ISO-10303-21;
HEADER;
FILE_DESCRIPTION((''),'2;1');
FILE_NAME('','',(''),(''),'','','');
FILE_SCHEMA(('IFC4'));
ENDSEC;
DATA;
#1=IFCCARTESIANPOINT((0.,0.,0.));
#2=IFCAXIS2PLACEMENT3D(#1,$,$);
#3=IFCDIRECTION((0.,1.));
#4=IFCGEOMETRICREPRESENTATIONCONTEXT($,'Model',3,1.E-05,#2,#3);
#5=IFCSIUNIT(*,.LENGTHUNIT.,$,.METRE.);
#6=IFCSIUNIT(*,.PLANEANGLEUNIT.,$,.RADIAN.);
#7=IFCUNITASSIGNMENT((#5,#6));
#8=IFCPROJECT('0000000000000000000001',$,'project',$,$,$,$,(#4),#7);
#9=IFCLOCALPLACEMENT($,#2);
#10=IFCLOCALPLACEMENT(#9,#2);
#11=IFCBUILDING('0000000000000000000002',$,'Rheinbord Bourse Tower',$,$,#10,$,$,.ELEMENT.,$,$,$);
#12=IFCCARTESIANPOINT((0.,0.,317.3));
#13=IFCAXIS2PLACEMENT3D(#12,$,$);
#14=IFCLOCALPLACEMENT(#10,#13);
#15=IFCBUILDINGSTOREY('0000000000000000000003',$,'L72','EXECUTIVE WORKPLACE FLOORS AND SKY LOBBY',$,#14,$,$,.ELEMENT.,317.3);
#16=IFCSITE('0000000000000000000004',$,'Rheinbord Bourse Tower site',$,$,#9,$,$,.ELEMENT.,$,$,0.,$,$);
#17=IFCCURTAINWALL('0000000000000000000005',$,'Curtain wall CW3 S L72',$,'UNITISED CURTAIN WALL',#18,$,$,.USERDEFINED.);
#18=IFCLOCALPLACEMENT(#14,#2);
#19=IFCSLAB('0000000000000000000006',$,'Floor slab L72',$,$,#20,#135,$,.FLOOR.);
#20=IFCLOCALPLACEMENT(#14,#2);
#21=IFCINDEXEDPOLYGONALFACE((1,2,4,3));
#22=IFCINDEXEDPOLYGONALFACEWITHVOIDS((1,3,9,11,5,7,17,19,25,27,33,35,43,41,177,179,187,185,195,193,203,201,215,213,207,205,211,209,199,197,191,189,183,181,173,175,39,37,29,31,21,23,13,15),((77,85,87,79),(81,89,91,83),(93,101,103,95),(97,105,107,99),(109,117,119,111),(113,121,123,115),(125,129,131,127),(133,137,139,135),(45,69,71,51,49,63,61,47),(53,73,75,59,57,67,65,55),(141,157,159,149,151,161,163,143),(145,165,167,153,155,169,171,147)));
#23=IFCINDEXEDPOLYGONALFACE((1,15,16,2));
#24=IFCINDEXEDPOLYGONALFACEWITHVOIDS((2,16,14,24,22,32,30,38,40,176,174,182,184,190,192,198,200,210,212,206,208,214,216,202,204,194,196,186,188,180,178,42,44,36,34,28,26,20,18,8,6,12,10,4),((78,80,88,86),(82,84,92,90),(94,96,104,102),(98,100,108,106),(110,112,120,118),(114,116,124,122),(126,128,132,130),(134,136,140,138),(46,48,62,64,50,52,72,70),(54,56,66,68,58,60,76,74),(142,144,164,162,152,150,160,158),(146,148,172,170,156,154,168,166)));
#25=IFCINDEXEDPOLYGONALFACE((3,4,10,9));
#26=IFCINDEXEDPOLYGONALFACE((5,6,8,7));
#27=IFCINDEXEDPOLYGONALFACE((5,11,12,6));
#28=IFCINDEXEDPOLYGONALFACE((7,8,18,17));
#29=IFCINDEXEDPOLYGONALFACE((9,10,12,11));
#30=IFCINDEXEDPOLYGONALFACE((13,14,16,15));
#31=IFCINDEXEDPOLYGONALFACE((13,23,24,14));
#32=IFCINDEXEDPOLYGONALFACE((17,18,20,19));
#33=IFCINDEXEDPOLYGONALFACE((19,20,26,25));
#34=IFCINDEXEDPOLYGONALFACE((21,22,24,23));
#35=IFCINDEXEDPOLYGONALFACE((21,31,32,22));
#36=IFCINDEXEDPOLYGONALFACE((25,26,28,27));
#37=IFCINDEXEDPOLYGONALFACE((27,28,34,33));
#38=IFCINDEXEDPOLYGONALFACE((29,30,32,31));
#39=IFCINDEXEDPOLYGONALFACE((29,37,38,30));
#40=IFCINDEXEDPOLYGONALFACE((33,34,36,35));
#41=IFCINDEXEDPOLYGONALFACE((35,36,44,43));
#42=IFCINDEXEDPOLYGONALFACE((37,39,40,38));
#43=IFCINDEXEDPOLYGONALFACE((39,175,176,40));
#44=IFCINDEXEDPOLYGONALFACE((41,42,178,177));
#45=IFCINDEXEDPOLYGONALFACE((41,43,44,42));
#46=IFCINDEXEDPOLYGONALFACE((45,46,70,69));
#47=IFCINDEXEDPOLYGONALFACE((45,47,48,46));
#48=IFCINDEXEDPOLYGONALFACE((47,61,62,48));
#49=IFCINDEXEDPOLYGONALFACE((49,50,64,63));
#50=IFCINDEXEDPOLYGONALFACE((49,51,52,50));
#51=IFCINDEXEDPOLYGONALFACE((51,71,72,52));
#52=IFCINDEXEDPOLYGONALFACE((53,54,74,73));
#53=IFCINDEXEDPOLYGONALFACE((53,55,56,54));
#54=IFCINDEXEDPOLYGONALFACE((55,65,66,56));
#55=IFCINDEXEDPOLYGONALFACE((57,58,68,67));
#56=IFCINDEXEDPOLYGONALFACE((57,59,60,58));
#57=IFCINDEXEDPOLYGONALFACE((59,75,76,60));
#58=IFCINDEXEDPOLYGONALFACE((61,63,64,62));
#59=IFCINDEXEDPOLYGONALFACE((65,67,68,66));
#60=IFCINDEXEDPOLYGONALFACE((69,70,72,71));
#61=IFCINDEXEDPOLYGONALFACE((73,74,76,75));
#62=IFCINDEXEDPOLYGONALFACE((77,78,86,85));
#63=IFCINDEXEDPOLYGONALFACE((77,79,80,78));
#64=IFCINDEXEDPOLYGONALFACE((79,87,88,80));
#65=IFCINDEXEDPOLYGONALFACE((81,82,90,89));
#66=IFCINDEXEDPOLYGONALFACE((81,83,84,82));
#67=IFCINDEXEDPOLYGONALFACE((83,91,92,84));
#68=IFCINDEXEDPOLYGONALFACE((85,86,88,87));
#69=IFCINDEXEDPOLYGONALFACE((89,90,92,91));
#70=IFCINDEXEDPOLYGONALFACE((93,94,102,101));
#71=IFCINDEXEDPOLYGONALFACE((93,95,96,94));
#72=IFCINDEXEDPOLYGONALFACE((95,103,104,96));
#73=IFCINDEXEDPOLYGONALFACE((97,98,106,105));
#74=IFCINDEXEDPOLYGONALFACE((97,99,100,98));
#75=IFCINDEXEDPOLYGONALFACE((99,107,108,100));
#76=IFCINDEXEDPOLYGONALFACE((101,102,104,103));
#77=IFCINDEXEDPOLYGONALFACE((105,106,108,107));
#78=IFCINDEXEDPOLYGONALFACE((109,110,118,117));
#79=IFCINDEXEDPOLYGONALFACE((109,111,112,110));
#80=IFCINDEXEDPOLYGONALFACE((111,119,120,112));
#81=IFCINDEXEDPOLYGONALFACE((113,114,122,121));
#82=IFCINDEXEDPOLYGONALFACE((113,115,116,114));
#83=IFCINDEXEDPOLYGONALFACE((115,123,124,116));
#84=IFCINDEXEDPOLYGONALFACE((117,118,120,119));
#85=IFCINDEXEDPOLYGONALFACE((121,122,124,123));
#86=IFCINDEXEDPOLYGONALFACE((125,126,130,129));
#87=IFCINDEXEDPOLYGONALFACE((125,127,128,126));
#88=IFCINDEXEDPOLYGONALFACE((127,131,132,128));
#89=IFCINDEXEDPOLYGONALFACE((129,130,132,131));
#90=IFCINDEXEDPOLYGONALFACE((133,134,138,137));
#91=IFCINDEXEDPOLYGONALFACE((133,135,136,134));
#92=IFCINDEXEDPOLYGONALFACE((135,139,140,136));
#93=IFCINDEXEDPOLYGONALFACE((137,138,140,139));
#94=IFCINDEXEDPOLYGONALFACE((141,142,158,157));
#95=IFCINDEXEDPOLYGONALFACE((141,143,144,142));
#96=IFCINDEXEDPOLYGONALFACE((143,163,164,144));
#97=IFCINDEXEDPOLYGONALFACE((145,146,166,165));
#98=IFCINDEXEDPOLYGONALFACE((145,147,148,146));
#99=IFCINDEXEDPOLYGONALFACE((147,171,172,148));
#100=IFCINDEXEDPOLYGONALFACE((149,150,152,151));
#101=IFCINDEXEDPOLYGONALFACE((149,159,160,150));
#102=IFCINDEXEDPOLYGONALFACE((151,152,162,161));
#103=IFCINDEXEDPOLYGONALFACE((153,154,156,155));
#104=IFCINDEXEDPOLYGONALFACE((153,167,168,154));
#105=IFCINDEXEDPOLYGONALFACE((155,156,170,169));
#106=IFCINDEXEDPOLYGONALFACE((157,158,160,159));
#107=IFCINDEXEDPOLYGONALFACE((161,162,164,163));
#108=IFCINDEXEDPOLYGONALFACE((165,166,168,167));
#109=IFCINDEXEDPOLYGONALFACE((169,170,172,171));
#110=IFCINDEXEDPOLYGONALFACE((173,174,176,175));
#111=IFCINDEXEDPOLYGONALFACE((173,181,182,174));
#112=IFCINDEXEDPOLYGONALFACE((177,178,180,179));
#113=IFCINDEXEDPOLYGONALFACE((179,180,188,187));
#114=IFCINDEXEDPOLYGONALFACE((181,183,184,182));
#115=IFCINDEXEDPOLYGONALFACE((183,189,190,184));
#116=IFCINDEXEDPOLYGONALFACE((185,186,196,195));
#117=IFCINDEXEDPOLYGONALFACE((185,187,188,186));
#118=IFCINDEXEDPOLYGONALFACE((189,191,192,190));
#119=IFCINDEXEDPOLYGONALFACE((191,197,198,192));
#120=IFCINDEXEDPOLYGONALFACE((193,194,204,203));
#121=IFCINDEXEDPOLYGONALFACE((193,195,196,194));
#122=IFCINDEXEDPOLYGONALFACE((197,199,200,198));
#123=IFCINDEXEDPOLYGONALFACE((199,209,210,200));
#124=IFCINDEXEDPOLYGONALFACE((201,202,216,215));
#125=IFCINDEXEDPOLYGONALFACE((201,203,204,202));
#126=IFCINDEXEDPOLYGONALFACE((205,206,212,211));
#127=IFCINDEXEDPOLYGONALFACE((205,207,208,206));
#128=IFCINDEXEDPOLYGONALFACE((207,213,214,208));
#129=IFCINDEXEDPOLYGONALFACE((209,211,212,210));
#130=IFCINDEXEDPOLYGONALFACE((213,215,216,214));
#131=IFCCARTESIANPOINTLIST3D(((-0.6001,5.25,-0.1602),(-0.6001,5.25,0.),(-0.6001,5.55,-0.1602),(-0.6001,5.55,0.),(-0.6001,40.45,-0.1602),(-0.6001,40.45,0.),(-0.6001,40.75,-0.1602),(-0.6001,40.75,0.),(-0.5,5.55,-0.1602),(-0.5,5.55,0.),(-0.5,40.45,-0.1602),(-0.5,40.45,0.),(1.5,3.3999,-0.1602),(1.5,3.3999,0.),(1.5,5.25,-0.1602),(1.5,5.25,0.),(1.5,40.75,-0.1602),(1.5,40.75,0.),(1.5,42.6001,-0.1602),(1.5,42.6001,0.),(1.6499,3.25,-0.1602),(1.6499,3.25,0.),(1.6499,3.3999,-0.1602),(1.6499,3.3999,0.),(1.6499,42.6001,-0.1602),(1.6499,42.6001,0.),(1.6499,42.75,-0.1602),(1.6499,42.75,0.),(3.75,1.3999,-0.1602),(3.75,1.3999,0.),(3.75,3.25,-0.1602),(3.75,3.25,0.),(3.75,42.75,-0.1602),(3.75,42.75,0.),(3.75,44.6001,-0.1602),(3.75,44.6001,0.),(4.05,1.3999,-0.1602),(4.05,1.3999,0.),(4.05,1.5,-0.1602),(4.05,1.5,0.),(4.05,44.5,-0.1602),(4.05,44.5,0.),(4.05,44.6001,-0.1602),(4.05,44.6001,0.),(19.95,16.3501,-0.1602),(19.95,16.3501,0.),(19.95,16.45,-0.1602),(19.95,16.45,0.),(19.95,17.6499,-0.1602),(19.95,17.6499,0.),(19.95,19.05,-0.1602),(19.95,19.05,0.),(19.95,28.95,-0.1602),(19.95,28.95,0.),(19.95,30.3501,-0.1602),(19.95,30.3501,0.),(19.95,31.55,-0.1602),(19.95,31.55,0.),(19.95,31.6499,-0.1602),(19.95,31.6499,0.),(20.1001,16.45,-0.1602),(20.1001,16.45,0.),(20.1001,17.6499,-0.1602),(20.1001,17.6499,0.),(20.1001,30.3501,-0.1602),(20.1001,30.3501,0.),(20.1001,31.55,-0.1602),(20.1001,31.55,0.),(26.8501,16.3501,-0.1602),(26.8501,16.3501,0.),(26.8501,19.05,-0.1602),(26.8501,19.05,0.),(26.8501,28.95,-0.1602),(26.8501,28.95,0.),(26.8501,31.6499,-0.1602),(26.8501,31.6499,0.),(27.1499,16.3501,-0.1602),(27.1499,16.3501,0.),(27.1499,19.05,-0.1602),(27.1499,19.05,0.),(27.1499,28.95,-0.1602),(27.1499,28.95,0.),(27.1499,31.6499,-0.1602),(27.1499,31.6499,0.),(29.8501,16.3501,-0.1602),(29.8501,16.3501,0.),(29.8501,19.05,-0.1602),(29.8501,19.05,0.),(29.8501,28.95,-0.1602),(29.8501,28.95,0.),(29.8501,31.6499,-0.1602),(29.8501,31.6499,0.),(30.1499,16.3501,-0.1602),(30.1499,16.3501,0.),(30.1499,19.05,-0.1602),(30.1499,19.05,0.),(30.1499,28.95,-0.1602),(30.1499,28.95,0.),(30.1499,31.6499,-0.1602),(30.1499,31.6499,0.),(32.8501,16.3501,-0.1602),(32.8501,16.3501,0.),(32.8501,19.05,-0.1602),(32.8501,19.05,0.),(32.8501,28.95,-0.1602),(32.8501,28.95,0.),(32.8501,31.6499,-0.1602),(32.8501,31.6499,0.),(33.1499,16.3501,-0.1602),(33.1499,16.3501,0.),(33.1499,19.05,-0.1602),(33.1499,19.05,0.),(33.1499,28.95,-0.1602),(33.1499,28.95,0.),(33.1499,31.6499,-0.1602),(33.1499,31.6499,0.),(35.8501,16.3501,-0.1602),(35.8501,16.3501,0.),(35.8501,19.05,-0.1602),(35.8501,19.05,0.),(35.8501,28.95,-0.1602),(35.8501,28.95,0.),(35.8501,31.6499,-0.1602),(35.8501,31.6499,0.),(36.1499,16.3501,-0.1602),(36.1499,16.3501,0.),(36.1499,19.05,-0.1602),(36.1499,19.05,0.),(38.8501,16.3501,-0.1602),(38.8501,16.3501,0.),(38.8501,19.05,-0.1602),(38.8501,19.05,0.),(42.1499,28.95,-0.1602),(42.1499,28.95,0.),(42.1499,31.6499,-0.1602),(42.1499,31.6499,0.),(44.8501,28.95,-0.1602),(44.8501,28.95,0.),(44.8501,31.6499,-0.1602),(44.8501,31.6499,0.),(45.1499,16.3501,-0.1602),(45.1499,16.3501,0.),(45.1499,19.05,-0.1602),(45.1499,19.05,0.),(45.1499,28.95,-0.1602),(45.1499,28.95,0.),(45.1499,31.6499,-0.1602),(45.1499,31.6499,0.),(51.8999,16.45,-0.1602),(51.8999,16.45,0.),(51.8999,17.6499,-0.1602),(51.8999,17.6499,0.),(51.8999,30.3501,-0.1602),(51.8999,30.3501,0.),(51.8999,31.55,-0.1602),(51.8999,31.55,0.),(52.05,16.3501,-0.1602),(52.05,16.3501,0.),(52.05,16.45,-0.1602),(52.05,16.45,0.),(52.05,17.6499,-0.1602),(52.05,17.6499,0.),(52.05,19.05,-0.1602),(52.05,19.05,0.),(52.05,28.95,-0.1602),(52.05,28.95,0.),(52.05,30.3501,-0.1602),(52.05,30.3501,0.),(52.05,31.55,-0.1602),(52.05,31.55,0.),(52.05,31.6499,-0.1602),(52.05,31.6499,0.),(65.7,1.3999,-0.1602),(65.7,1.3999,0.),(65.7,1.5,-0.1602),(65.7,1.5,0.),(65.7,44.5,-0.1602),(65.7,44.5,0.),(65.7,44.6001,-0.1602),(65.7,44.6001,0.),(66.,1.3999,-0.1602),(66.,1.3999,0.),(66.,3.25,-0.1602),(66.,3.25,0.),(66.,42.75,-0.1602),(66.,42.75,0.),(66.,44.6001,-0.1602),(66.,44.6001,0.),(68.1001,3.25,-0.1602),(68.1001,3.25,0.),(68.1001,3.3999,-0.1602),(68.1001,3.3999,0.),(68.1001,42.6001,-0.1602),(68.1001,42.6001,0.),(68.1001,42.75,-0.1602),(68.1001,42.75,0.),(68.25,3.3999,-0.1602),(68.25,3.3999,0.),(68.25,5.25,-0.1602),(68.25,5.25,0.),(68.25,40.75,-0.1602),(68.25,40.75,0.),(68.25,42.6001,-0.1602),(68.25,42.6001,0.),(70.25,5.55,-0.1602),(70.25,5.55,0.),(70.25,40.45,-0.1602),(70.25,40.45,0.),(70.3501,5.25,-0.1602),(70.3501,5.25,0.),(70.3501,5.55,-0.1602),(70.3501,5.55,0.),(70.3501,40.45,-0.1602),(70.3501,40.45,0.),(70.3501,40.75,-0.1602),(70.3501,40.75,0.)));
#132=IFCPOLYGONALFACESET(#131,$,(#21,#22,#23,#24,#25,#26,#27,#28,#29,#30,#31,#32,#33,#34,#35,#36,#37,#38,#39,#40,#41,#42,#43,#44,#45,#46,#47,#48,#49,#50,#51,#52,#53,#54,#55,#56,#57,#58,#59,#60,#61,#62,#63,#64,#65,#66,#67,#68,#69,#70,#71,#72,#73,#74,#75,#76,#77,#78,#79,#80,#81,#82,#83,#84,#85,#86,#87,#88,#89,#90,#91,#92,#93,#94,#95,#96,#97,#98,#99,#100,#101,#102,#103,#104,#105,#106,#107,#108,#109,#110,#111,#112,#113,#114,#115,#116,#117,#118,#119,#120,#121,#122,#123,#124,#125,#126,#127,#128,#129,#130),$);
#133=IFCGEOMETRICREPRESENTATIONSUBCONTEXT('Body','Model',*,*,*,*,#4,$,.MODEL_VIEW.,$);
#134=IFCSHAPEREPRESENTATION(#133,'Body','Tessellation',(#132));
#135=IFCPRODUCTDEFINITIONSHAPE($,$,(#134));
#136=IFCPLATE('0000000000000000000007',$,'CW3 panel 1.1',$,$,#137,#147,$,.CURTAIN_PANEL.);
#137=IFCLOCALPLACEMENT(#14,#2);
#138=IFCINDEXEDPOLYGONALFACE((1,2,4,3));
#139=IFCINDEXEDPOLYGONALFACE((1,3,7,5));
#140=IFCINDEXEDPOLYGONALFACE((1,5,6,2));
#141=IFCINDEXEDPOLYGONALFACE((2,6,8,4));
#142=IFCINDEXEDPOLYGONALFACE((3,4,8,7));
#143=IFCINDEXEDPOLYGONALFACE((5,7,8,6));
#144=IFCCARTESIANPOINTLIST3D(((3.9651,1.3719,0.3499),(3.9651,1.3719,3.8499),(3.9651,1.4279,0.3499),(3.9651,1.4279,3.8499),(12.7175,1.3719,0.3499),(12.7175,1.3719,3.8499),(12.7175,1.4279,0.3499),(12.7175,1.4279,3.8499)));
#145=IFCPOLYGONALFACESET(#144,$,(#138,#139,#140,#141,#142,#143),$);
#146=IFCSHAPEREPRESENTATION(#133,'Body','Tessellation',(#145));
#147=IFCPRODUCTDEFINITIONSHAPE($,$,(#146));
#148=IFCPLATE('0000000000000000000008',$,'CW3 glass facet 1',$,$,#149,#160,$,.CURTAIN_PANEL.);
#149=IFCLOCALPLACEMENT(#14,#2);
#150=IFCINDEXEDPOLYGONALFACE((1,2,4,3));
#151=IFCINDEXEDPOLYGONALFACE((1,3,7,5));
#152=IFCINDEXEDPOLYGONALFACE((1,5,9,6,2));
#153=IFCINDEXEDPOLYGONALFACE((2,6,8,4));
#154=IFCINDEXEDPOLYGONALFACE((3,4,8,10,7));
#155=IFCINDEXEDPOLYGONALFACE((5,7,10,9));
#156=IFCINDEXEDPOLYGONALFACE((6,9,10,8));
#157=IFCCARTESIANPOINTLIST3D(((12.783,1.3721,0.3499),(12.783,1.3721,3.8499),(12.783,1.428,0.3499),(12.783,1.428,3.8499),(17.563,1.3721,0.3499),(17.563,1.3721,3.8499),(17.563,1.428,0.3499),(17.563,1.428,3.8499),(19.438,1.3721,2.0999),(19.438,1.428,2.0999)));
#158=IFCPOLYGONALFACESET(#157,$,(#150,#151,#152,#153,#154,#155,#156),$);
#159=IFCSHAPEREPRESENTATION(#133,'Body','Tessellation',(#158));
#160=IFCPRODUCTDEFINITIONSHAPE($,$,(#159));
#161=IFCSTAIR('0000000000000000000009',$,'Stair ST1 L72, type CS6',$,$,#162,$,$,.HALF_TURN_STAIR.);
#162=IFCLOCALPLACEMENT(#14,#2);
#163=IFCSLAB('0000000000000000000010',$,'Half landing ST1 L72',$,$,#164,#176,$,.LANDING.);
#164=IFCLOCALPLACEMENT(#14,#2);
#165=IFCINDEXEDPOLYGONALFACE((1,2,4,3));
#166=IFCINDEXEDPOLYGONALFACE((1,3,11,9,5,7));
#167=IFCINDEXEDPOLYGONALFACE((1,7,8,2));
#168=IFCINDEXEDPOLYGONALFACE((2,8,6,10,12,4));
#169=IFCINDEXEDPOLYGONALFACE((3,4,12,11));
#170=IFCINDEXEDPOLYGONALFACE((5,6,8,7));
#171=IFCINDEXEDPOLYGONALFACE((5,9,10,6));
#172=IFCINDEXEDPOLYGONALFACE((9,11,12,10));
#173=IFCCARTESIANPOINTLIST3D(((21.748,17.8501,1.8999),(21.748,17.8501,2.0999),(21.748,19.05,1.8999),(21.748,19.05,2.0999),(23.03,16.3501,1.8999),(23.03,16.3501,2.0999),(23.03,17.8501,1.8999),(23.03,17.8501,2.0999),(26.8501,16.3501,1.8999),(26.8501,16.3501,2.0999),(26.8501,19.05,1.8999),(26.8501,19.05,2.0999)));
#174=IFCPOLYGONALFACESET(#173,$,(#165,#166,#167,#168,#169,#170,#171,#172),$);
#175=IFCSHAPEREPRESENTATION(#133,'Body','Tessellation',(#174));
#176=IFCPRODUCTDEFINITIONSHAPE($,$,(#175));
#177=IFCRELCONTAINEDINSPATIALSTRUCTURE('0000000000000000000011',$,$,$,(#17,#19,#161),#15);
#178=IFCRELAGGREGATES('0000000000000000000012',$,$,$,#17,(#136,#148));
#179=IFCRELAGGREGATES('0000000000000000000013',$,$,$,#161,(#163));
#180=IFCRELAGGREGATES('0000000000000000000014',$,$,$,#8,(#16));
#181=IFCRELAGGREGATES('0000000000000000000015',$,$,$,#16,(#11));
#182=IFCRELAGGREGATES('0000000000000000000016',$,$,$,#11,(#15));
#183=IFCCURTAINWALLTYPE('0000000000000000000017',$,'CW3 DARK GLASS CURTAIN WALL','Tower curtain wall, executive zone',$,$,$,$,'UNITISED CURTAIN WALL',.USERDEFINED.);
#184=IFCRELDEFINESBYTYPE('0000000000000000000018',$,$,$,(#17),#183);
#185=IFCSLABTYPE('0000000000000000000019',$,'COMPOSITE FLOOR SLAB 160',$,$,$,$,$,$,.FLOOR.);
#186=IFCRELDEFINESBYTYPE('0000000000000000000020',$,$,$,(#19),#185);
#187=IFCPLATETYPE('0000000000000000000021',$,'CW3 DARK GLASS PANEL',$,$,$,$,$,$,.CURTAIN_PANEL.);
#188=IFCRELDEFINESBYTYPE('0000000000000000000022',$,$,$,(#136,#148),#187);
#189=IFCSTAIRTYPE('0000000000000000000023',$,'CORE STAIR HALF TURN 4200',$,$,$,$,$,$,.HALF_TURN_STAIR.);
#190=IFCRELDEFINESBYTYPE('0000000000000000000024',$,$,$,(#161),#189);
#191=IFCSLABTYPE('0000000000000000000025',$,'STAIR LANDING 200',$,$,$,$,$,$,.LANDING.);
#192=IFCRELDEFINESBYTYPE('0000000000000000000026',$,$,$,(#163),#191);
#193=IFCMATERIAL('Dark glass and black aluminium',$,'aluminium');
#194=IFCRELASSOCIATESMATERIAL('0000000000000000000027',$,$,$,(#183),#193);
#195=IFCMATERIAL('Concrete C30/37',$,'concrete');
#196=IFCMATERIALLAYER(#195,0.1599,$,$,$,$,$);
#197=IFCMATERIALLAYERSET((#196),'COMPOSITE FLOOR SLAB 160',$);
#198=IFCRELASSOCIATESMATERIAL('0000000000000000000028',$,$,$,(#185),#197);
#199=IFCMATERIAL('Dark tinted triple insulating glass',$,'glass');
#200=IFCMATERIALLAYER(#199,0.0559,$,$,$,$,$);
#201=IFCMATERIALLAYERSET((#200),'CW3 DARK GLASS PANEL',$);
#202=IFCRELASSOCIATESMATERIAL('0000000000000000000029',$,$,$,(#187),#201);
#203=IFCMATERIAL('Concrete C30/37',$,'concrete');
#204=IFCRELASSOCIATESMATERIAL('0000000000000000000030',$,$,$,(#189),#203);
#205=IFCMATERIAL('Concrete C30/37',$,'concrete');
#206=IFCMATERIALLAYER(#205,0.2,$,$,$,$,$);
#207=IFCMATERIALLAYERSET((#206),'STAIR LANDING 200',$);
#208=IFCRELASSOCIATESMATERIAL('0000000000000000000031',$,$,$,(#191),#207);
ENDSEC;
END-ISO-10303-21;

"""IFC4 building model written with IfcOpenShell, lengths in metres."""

from ifc_helpers import new_model, si_unit, direction, frame, origin, origin_2d, place, context, subcontext, project, spatial, polyline, rectangle, outline, extrude, material, layer, layer_set, type_object, element, aggregate, save


model = new_model("IFC4")

# Units and contexts
model_context = context("Model", 3, precision=1e-05, world=origin(), true_north=direction((0.0, 1.0)))
body_context = subcontext(model_context, "Body", "Model", "MODEL_VIEW")
ifc_project = project(units=[si_unit("LENGTHUNIT", "METRE"), si_unit("PLANEANGLEUNIT", "RADIAN")], contexts=[model_context])

# Site, building, storey
site_placement = place(None, origin())
site = spatial("IfcSite", under=ifc_project, at=site_placement, Name="Rheinbord Bourse Tower site", CompositionType="ELEMENT", RefElevation=0.0)
building_placement = place(site_placement, origin())
building = spatial("IfcBuilding", under=site, at=building_placement, Name="Rheinbord Bourse Tower", CompositionType="ELEMENT")
storey_placement = place(building_placement, frame((0.0, 0.0, 317.3)))
storey = spatial("IfcBuildingStorey", under=building, at=storey_placement, Name="L72", Description="EXECUTIVE WORKPLACE FLOORS AND SKY LOBBY", CompositionType="ELEMENT", Elevation=317.3)

# Curtain wall
ifc_material_1 = material(Name="Dark glass and black aluminium", Category="aluminium")
curtain_wall_type = type_object("IfcCurtainWallType", Name="CW3 DARK GLASS CURTAIN WALL", Description="Tower curtain wall, executive zone", ElementType="UNITISED CURTAIN WALL", PredefinedType="USERDEFINED", material=ifc_material_1)
curtain_wall_placement = place(storey_placement, origin())
curtain_wall = element("IfcCurtainWall", 1, at=curtain_wall_placement, inside=storey, type_object=curtain_wall_type, Name="Curtain wall CW3 S L72", ObjectType="UNITISED CURTAIN WALL", PredefinedType="USERDEFINED")

# Slab
ifc_material_2 = material(Name="Concrete C30/37", Category="concrete")
ifc_layer_1 = layer(ifc_material_2, 0.1599)
ifc_layer_set_1 = layer_set([ifc_layer_1], Name="COMPOSITE FLOOR SLAB 160")
slab_type_1 = type_object("IfcSlabType", Name="COMPOSITE FLOOR SLAB 160", PredefinedType="FLOOR", material=ifc_layer_set_1)
slab_1_placement = place(storey_placement, frame((0.0, 0.0, -0.1602)))
element("IfcSlab", 2, at=slab_1_placement, inside=storey, type_object=slab_type_1, Name="Floor slab L72", PredefinedType="FLOOR", context=body_context, shape_type="SweptSolid", body=[
    extrude(outline(polyline([(1.6499, 3.3999), (1.5, 3.3999), (1.5, 5.25), (-0.6001, 5.25), (-0.6001, 5.55), (-0.5, 5.55), (-0.5, 40.45), (-0.6001, 40.45), (-0.6001, 40.75), (1.5, 40.75), (1.5, 42.6001), (1.6499, 42.6001), (1.6499, 42.75), (3.75, 42.75), (3.75, 44.6001), (4.05, 44.6001), (4.05, 44.5), (65.7, 44.5), (65.7, 44.6001), (66.0, 44.6001), (66.0, 42.75), (68.1001, 42.75), (68.1001, 42.6001), (68.25, 42.6001), (68.25, 40.75), (70.3501, 40.75), (70.3501, 40.45), (70.25, 40.45), (70.25, 5.55), (70.3501, 5.55), (70.3501, 5.25), (68.25, 5.25), (68.25, 3.3999), (68.1001, 3.3999), (68.1001, 3.25), (66.0, 3.25), (66.0, 1.3999), (65.7, 1.3999), (65.7, 1.5), (4.05, 1.5), (4.05, 1.3999), (3.75, 1.3999), (3.75, 3.25), (1.6499, 3.25), (1.6499, 3.3999)]), holes=[polyline([(19.95, 19.05), (26.8501, 19.05), (26.8501, 16.3501), (19.95, 16.3501), (19.95, 16.45), (20.1001, 16.45), (20.1001, 17.6499), (19.95, 17.6499), (19.95, 19.05)]), polyline([(19.95, 31.6499), (26.8501, 31.6499), (26.8501, 28.95), (19.95, 28.95), (19.95, 30.3501), (20.1001, 30.3501), (20.1001, 31.55), (19.95, 31.55), (19.95, 31.6499)]), polyline([(52.05, 16.3501), (45.1499, 16.3501), (45.1499, 19.05), (52.05, 19.05), (52.05, 17.6499), (51.8999, 17.6499), (51.8999, 16.45), (52.05, 16.45), (52.05, 16.3501)]), polyline([(52.05, 28.95), (45.1499, 28.95), (45.1499, 31.6499), (52.05, 31.6499), (52.05, 31.55), (51.8999, 31.55), (51.8999, 30.3501), (52.05, 30.3501), (52.05, 28.95)]), polyline([(27.1499, 16.3501), (27.1499, 19.05), (29.8501, 19.05), (29.8501, 16.3501), (27.1499, 16.3501)]), polyline([(27.1499, 28.95), (27.1499, 31.6499), (29.8501, 31.6499), (29.8501, 28.95), (27.1499, 28.95)]), polyline([(30.1499, 16.3501), (30.1499, 19.05), (32.8501, 19.05), (32.8501, 16.3501), (30.1499, 16.3501)]), polyline([(30.1499, 28.95), (30.1499, 31.6499), (32.8501, 31.6499), (32.8501, 28.95), (30.1499, 28.95)]), polyline([(33.1499, 16.3501), (33.1499, 19.05), (35.8501, 19.05), (35.8501, 16.3501), (33.1499, 16.3501)]), polyline([(33.1499, 28.95), (33.1499, 31.6499), (35.8501, 31.6499), (35.8501, 28.95), (33.1499, 28.95)]), polyline([(36.1499, 16.3501), (36.1499, 19.05), (38.8501, 19.05), (38.8501, 16.3501), (36.1499, 16.3501)]), polyline([(42.1499, 28.95), (42.1499, 31.6499), (44.8501, 31.6499), (44.8501, 28.95), (42.1499, 28.95)])]), origin(), (0.0, 0.0, 1.0), 0.1602),
])

# Plates
ifc_material_3 = material(Name="Dark tinted triple insulating glass", Category="glass")
ifc_layer_2 = layer(ifc_material_3, 0.0559)
ifc_layer_set_2 = layer_set([ifc_layer_2], Name="CW3 DARK GLASS PANEL")
plate_type = type_object("IfcPlateType", Name="CW3 DARK GLASS PANEL", PredefinedType="CURTAIN_PANEL", material=ifc_layer_set_2)
plate_1_placement = place(storey_placement, frame((8.3413, 1.3999, 0.3499), z_axis=(0.0, 0.0, 1.0), x_axis=(1.0, 0.0, 0.0)))
plate_1 = element("IfcPlate", 3, at=plate_1_placement, type_object=plate_type, Name="CW3 panel 1.1", PredefinedType="CURTAIN_PANEL", context=body_context, shape_type="SweptSolid", body=[
    extrude(rectangle(XDim=8.7524, YDim=0.0559, at=origin_2d()), origin(), (0.0, 0.0, 1.0), 3.5),
])
plate_2_placement = place(storey_placement, frame((12.783, 1.3721, 0.3499), z_axis=(0.0, 1.0, 0.0), x_axis=(0.0, 0.0, 1.0)))
plate_2 = element("IfcPlate", 4, at=plate_2_placement, type_object=plate_type, Name="CW3 glass facet 1", PredefinedType="CURTAIN_PANEL", context=body_context, shape_type="SweptSolid", body=[
    extrude(outline(polyline([(0.0, 0.0), (3.5, 0.0), (3.5, 4.78), (1.75, 6.655), (0.0, 4.78), (0.0, 0.0)])), origin(), (0.0, 0.0, 1.0), 0.0559),
])
aggregate(curtain_wall, [plate_1, plate_2])

# Stair, slab
ifc_material_4 = material(Name="Concrete C30/37", Category="concrete")
stair_type = type_object("IfcStairType", Name="CORE STAIR HALF TURN 4200", PredefinedType="HALF_TURN_STAIR", material=ifc_material_4)
stair_1_placement = place(storey_placement, origin())
stair_1 = element("IfcStair", 5, at=stair_1_placement, inside=storey, type_object=stair_type, Name="Stair ST1 L72, type CS6", PredefinedType="HALF_TURN_STAIR")
ifc_material_5 = material(Name="Concrete C30/37", Category="concrete")
ifc_layer_3 = layer(ifc_material_5, 0.2)
ifc_layer_set_3 = layer_set([ifc_layer_3], Name="STAIR LANDING 200")
slab_type_2 = type_object("IfcSlabType", Name="STAIR LANDING 200", PredefinedType="LANDING", material=ifc_layer_set_3)
slab_2_placement = place(storey_placement, frame((0.0, 0.0, 1.8999)))
slab_2 = element("IfcSlab", 6, at=slab_2_placement, type_object=slab_type_2, Name="Half landing ST1 L72", PredefinedType="LANDING", context=body_context, shape_type="SweptSolid", body=[
    extrude(outline(polyline([(23.03, 16.3501), (26.8501, 16.3501), (26.8501, 19.05), (21.748, 19.05), (21.748, 17.8501), (23.03, 17.8501), (23.03, 16.3501)])), origin(), (0.0, 0.0, 1.0), 0.2),
])
aggregate(stair_1, [slab_2])

save(model, "model.ifc")
